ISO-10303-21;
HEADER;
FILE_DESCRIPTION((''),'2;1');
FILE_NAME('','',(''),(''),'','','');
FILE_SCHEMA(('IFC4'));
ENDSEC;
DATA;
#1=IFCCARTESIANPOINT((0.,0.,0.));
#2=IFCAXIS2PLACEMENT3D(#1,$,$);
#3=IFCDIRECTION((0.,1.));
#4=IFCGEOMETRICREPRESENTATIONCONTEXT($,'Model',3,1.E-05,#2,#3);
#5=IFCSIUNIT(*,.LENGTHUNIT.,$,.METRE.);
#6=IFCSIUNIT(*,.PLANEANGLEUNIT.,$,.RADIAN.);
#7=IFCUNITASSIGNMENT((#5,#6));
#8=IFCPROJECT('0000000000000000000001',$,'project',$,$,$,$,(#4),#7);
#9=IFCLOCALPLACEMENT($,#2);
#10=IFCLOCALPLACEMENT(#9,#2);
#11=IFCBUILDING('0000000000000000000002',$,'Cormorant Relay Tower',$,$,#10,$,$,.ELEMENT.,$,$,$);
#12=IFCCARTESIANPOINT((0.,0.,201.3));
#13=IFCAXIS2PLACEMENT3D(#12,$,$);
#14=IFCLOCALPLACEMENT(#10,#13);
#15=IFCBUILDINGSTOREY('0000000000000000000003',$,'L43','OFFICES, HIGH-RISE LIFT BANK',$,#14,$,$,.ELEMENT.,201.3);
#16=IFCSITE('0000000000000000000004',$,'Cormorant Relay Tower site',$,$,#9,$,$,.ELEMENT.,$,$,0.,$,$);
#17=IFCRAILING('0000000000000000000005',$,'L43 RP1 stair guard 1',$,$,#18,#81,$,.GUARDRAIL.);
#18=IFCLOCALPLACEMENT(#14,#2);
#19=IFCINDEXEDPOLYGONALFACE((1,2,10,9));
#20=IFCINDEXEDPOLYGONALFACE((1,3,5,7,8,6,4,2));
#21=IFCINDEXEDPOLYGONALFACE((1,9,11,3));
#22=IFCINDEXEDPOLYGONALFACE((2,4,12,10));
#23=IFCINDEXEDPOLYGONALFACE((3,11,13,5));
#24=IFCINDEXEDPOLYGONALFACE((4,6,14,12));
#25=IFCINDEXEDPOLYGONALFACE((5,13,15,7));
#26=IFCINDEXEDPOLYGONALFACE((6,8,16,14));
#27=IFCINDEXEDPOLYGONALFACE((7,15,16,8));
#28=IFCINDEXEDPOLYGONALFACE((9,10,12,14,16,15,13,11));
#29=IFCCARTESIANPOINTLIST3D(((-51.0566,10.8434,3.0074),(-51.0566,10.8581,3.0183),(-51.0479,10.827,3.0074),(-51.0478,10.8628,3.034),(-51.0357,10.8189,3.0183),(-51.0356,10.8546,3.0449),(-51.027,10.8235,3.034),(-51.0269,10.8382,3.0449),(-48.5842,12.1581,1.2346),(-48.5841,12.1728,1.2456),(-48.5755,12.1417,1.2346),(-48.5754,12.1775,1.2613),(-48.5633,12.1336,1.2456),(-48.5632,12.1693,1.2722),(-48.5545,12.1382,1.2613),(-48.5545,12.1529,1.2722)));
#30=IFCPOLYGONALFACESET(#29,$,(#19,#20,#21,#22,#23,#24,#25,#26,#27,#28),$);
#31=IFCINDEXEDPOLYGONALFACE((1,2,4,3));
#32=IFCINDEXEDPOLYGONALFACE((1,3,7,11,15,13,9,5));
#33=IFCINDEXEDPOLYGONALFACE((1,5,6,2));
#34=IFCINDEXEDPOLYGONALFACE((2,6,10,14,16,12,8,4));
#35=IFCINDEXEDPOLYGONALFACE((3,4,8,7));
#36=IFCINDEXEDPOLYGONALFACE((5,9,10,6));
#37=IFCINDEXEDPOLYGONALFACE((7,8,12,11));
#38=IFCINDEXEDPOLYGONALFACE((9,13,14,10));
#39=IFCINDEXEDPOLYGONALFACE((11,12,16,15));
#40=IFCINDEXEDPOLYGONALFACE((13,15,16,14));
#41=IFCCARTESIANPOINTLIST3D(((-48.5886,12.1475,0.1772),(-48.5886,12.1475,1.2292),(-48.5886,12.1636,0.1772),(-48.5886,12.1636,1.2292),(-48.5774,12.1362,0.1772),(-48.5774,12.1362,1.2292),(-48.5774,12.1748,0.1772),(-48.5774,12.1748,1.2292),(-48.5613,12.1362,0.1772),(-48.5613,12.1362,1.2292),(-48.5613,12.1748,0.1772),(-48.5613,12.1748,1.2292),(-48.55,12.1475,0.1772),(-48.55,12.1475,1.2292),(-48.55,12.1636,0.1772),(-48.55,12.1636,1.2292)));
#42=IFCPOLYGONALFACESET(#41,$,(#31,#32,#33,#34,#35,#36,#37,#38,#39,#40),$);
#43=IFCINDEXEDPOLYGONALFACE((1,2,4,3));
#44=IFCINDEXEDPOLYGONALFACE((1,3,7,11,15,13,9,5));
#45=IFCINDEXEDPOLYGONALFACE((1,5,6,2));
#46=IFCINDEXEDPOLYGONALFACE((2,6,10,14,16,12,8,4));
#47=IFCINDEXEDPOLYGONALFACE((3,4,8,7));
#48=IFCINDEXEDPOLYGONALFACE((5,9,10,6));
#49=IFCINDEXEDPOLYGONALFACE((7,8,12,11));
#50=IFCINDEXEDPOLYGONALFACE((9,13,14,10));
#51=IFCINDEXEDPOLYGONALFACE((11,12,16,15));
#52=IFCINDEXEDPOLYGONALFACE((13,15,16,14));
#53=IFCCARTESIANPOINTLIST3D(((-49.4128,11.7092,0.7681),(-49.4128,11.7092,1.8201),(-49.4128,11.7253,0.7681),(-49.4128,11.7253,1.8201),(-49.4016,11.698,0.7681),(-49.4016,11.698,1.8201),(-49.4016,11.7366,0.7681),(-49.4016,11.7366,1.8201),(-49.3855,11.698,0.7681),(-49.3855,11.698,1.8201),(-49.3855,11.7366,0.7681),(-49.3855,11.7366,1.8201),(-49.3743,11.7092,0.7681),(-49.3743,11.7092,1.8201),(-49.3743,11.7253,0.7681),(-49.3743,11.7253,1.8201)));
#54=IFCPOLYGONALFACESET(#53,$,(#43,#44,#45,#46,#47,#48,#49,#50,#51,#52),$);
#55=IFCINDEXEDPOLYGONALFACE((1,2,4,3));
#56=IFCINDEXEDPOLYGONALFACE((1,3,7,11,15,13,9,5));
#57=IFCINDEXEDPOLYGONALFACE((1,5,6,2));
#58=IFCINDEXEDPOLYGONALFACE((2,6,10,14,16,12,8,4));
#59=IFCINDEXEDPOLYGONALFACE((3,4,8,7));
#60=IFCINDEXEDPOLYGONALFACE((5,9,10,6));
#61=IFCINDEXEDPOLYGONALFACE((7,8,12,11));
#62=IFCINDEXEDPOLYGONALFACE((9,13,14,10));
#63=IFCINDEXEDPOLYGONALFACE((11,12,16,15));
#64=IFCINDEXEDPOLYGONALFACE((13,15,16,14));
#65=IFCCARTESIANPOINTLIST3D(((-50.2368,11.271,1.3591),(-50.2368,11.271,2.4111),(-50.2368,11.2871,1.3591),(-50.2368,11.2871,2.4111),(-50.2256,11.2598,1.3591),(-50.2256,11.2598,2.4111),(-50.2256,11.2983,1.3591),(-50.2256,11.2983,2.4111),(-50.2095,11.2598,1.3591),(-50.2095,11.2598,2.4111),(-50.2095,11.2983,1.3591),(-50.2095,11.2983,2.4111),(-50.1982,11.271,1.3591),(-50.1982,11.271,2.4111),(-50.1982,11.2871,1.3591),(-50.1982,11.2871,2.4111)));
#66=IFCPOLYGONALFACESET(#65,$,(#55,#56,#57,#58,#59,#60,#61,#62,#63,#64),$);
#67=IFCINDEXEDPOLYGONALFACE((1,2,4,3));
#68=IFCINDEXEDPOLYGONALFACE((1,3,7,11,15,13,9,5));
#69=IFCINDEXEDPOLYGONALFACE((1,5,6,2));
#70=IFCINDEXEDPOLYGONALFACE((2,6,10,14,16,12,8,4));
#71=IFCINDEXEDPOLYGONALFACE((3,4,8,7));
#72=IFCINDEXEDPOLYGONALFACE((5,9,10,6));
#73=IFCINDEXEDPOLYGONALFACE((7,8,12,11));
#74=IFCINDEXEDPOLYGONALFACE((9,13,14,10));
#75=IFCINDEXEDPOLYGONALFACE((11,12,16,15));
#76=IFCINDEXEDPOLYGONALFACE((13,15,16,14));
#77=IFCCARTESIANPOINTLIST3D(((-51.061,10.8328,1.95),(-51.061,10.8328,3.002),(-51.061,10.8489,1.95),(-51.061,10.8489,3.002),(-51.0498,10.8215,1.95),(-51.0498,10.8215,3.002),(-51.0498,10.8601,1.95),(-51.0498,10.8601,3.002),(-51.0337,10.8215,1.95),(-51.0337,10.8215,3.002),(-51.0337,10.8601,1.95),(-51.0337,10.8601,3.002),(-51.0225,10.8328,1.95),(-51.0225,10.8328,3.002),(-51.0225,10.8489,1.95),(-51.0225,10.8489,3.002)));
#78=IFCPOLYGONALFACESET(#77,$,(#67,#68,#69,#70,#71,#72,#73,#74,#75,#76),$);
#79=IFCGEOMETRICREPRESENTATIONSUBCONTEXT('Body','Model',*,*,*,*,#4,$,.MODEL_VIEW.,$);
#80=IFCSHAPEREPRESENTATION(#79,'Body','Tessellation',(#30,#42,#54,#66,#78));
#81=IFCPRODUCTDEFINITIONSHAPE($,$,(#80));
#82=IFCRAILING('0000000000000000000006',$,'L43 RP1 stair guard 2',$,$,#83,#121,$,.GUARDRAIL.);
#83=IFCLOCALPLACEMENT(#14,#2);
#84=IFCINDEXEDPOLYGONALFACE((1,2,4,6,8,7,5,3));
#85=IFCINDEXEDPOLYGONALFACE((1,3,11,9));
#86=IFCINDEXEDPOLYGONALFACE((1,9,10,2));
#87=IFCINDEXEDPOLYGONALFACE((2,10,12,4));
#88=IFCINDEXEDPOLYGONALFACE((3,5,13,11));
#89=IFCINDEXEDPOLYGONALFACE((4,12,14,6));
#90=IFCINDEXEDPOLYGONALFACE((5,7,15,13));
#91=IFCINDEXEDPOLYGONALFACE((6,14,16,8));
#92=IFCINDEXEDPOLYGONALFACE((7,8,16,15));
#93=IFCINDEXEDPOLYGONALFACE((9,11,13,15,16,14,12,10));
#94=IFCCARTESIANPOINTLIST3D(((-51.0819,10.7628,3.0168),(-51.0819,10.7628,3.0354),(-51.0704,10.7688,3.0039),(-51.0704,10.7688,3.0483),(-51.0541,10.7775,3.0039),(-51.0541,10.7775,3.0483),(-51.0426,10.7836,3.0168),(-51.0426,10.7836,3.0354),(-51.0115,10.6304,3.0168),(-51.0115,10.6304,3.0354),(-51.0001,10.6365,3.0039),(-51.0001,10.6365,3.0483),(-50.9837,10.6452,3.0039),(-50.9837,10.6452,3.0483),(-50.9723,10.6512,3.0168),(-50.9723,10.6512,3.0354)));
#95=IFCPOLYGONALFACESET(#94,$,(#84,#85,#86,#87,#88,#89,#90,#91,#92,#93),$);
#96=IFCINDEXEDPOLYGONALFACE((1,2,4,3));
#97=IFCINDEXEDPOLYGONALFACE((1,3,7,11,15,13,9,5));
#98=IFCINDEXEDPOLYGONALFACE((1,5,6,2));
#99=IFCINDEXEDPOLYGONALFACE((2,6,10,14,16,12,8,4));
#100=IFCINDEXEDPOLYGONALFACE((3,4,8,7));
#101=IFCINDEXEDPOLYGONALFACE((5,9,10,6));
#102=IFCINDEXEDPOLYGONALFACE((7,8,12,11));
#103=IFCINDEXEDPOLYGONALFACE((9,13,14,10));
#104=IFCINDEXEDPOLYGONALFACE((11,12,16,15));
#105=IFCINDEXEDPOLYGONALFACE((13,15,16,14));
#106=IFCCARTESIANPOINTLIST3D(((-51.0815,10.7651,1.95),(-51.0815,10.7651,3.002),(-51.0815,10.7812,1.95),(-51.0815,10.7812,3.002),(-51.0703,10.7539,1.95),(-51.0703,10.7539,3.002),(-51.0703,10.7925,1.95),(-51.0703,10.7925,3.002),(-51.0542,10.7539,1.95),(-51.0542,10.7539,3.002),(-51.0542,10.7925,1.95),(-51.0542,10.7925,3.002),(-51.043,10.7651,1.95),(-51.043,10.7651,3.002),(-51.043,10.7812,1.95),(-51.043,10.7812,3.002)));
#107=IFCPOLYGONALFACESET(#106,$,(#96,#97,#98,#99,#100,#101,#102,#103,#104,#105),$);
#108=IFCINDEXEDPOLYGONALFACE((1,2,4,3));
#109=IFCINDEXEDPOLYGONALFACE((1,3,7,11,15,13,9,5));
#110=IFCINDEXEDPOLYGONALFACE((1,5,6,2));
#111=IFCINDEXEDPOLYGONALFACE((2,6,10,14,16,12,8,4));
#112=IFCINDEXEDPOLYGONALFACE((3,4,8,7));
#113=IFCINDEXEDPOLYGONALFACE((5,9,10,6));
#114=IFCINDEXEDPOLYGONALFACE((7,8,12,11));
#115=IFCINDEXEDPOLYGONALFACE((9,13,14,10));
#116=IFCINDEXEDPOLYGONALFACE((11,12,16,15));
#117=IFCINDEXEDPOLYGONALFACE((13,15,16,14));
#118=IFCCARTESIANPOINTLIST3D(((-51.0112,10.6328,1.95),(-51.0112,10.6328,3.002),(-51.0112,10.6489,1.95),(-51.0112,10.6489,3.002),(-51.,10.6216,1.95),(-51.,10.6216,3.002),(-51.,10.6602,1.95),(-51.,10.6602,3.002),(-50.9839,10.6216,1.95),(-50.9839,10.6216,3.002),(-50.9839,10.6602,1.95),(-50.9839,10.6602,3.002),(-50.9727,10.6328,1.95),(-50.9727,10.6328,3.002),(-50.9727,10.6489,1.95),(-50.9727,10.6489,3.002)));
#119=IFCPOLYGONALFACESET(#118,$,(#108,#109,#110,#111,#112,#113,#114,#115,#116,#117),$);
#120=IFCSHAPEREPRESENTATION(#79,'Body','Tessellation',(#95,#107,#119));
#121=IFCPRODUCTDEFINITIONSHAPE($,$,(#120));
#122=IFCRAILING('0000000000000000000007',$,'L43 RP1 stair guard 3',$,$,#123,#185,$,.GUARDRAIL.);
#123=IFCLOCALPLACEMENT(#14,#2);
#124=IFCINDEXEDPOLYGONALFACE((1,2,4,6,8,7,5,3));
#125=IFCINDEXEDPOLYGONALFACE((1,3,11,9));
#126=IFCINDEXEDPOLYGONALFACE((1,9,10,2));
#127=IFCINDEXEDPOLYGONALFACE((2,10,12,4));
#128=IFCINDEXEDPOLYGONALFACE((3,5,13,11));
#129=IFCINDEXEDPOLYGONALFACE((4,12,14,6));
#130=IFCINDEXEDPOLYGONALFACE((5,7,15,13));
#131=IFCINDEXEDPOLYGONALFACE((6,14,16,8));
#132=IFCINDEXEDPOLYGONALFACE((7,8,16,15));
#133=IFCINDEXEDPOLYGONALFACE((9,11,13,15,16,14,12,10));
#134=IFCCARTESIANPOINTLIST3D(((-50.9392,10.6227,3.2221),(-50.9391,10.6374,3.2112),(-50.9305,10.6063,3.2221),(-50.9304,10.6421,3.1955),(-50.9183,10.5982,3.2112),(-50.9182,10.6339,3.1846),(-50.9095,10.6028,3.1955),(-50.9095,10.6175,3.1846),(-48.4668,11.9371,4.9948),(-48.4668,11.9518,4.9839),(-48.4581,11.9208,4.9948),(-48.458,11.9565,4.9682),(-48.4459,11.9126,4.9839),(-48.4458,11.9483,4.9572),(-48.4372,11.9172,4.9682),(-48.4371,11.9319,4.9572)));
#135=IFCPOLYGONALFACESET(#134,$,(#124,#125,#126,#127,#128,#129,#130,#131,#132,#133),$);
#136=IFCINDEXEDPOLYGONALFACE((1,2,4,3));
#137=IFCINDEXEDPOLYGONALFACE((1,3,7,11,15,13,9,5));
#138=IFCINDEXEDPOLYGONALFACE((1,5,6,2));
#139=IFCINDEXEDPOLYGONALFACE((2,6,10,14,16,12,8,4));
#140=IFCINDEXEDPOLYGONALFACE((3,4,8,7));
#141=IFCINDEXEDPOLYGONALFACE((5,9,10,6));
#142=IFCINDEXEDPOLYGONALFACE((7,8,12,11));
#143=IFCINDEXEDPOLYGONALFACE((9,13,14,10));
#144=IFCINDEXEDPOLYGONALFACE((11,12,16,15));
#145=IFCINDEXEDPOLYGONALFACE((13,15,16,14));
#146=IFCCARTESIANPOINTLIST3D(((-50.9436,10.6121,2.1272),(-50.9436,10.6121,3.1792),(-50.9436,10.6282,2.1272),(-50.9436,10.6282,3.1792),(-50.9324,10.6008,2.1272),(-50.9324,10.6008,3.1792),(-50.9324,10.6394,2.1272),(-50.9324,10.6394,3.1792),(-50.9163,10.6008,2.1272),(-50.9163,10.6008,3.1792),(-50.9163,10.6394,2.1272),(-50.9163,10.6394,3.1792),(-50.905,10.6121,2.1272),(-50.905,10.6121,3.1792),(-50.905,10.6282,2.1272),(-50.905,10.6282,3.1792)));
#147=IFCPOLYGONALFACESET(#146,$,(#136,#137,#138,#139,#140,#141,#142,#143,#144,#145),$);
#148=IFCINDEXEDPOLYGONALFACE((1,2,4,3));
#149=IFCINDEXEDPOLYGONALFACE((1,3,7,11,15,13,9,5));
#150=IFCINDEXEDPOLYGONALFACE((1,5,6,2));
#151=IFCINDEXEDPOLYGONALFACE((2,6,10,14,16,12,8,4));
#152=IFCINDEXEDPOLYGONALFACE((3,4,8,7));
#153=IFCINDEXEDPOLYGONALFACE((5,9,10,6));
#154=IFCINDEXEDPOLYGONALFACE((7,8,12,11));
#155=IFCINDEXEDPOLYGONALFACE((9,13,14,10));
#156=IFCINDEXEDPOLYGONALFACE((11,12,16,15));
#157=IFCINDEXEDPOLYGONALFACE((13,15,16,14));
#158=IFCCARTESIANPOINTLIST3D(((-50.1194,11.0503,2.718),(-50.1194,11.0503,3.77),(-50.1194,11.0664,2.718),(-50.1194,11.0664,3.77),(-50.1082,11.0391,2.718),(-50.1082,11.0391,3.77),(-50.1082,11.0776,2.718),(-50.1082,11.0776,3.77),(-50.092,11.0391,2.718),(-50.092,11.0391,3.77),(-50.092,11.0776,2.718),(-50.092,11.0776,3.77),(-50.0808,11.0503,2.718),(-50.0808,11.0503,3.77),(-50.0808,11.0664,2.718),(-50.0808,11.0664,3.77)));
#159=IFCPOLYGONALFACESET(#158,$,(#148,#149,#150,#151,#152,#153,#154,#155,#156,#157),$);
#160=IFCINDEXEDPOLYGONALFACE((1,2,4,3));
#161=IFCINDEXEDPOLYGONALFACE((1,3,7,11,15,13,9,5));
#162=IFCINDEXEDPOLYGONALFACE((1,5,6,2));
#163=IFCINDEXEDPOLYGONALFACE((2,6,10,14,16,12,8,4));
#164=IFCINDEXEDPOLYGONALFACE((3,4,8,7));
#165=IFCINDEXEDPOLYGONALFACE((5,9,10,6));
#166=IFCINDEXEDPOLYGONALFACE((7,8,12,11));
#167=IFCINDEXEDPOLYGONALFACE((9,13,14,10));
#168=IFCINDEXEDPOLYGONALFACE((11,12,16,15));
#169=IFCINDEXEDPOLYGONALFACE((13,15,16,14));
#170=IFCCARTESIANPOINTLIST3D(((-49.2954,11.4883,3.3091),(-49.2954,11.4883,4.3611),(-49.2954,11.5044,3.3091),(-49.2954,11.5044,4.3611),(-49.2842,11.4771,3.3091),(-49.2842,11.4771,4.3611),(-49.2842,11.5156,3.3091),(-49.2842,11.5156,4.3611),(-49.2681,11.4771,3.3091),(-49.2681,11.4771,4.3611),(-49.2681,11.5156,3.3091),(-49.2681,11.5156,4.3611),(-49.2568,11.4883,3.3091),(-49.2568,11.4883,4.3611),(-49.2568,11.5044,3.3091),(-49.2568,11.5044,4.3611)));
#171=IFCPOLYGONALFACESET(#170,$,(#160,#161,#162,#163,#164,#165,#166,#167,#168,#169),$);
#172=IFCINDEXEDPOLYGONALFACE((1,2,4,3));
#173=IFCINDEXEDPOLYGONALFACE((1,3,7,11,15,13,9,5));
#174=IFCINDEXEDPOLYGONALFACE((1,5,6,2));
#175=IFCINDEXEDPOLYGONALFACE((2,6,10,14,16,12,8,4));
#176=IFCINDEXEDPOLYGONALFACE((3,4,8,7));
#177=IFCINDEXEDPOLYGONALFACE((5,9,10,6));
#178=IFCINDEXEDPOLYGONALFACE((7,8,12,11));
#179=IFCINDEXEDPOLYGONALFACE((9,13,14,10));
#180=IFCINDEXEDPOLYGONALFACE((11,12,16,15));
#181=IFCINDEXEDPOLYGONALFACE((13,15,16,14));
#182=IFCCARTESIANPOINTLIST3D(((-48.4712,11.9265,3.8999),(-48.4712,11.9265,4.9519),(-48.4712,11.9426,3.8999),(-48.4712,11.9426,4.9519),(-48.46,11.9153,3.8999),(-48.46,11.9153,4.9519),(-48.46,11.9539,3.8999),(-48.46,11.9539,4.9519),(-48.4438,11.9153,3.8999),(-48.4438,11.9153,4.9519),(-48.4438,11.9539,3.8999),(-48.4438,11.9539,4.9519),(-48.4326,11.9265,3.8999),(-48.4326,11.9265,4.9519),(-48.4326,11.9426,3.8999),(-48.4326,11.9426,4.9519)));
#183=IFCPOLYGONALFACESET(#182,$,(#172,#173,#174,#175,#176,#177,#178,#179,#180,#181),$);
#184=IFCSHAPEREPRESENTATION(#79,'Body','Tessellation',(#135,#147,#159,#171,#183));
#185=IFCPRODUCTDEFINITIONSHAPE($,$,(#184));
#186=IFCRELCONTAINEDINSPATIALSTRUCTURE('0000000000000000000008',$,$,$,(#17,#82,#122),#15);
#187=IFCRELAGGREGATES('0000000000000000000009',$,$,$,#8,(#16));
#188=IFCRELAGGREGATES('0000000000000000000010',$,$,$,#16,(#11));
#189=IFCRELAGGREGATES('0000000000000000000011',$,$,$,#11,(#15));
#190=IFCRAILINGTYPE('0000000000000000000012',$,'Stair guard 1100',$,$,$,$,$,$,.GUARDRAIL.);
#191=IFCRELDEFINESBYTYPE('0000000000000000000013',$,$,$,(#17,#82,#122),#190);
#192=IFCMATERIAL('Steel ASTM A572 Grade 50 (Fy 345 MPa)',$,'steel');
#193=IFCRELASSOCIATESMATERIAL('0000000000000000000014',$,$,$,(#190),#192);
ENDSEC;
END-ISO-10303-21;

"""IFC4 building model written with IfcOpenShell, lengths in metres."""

from ifc_helpers import new_model, si_unit, direction, frame, origin, place, context, subcontext, project, spatial, polyline, outline, extrude, material, type_object, element, save


model = new_model("IFC4")

# Units and contexts
model_context = context("Model", 3, precision=1e-05, world=origin(), true_north=direction((0.0, 1.0)))
body_context = subcontext(model_context, "Body", "Model", "MODEL_VIEW")
ifc_project = project(units=[si_unit("LENGTHUNIT", "METRE"), si_unit("PLANEANGLEUNIT", "RADIAN")], contexts=[model_context])

# Site, building, storey
site_placement = place(None, origin())
site = spatial("IfcSite", under=ifc_project, at=site_placement, Name="Cormorant Relay Tower site", CompositionType="ELEMENT", RefElevation=0.0)
building_placement = place(site_placement, origin())
building = spatial("IfcBuilding", under=site, at=building_placement, Name="Cormorant Relay Tower", CompositionType="ELEMENT")
storey_placement = place(building_placement, frame((0.0, 0.0, 201.3)))
storey = spatial("IfcBuildingStorey", under=building, at=storey_placement, Name="L43", Description="OFFICES, HIGH-RISE LIFT BANK", CompositionType="ELEMENT", Elevation=201.3)

# Railings
ifc_material_1 = material(Name="Steel ASTM A572 Grade 50 (Fy 345 MPa)", Category="steel")
railing_type_1 = type_object("IfcRailingType", Name="Stair guard 1100", PredefinedType="GUARDRAIL", material=ifc_material_1)
railing_1_placement = place(storey_placement, frame((-48.5693, 12.1555, 0.1772)))
element("IfcRailing", 1, at=railing_1_placement, inside=storey, type_object=railing_type_1, Name="L43 RP1 stair guard 1", PredefinedType="GUARDRAIL", context=body_context, shape_type="SweptSolid", body=[
    extrude(outline(polyline([(0.0222, 0.0093), (0.0093, 0.0222), (-0.0093, 0.0222), (-0.0222, 0.0093), (-0.0222, -0.0093), (-0.0093, -0.0222), (0.0093, -0.0222), (0.0222, -0.0093), (0.0222, 0.0093)])), frame((0.0, 0.0, 1.0762), z_axis=(-0.746012, -0.39669, 0.534886), x_axis=(0.469497, -0.882934, 0.0)), (0.0, 0.0, 1.0), 3.3142),
    extrude(outline(polyline([(0.0193, 0.0081), (0.0081, 0.0193), (-0.0081, 0.0193), (-0.0193, 0.0081), (-0.0193, -0.0081), (-0.0081, -0.0193), (0.0081, -0.0193), (0.0193, -0.0081), (0.0193, 0.0081)])), origin(), (0.0, 0.0, 1.0), 1.052),
    extrude(outline(polyline([(0.0193, 0.0081), (0.0081, 0.0193), (-0.0081, 0.0193), (-0.0193, 0.0081), (-0.0193, -0.0081), (-0.0081, -0.0193), (0.0081, -0.0193), (0.0193, -0.0081), (0.0193, 0.0081)])), frame((-0.8242, -0.4382, 0.5908)), (0.0, 0.0, 1.0), 1.052),
    extrude(outline(polyline([(0.0193, 0.0081), (0.0081, 0.0193), (-0.0081, 0.0193), (-0.0193, 0.0081), (-0.0193, -0.0081), (-0.0081, -0.0193), (0.0081, -0.0193), (0.0193, -0.0081), (0.0193, 0.0081)])), frame((-1.6482, -0.8765, 1.1819)), (0.0, 0.0, 1.0), 1.052),
    extrude(outline(polyline([(0.0193, 0.0081), (0.0081, 0.0193), (-0.0081, 0.0193), (-0.0193, 0.0081), (-0.0193, -0.0081), (-0.0081, -0.0193), (0.0081, -0.0193), (0.0193, -0.0081), (0.0193, 0.0081)])), frame((-2.4724, -1.3147, 1.7727)), (0.0, 0.0, 1.0), 1.052),
])
railing_2_placement = place(storey_placement, frame((-51.0623, 10.7732, 1.95)))
element("IfcRailing", 2, at=railing_2_placement, inside=storey, type_object=railing_type_1, Name="L43 RP1 stair guard 2", PredefinedType="GUARDRAIL", context=body_context, shape_type="SweptSolid", body=[
    extrude(outline(polyline([(0.0222, 0.0093), (0.0093, 0.0222), (-0.0093, 0.0222), (-0.0222, 0.0093), (-0.0222, -0.0093), (-0.0093, -0.0222), (0.0093, -0.0222), (0.0222, -0.0093), (0.0222, 0.0093)])), frame((0.0, 0.0, 1.0762), z_axis=(0.469235, -0.883074, 0.0), x_axis=(0.883074, 0.469235, 0.0)), (0.0, 0.0, 1.0), 0.1499),
    extrude(outline(polyline([(0.0193, 0.0081), (0.0081, 0.0193), (-0.0081, 0.0193), (-0.0193, 0.0081), (-0.0193, -0.0081), (-0.0081, -0.0193), (0.0081, -0.0193), (0.0193, -0.0081), (0.0193, 0.0081)])), origin(), (0.0, 0.0, 1.0), 1.052),
    extrude(outline(polyline([(0.0193, 0.0081), (0.0081, 0.0193), (-0.0081, 0.0193), (-0.0193, 0.0081), (-0.0193, -0.0081), (-0.0081, -0.0193), (0.0081, -0.0193), (0.0193, -0.0081), (0.0193, 0.0081)])), frame((0.0703, -0.1323, 0.0)), (0.0, 0.0, 1.0), 1.052),
])
railing_3_placement = place(storey_placement, frame((-50.9243, 10.6201, 2.1272)))
element("IfcRailing", 3, at=railing_3_placement, inside=storey, type_object=railing_type_1, Name="L43 RP1 stair guard 3", PredefinedType="GUARDRAIL", context=body_context, shape_type="SweptSolid", body=[
    extrude(outline(polyline([(0.0222, 0.0093), (0.0093, 0.0222), (-0.0093, 0.0222), (-0.0222, 0.0093), (-0.0222, -0.0093), (-0.0093, -0.0222), (0.0093, -0.0222), (0.0222, -0.0093), (0.0222, 0.0093)])), frame((0.0, 0.0, 1.0762), z_axis=(0.746034, 0.396627, 0.534902), x_axis=(-0.469429, 0.88297, 0.0)), (0.0, 0.0, 1.0), 3.314),
    extrude(outline(polyline([(0.0193, 0.0081), (0.0081, 0.0193), (-0.0081, 0.0193), (-0.0193, 0.0081), (-0.0193, -0.0081), (-0.0081, -0.0193), (0.0081, -0.0193), (0.0193, -0.0081), (0.0193, 0.0081)])), origin(), (0.0, 0.0, 1.0), 1.052),
    extrude(outline(polyline([(0.0193, 0.0081), (0.0081, 0.0193), (-0.0081, 0.0193), (-0.0193, 0.0081), (-0.0193, -0.0081), (-0.0081, -0.0193), (0.0081, -0.0193), (0.0193, -0.0081), (0.0193, 0.0081)])), frame((0.8242, 0.4382, 0.5908)), (0.0, 0.0, 1.0), 1.052),
    extrude(outline(polyline([(0.0193, 0.0081), (0.0081, 0.0193), (-0.0081, 0.0193), (-0.0193, 0.0081), (-0.0193, -0.0081), (-0.0081, -0.0193), (0.0081, -0.0193), (0.0193, -0.0081), (0.0193, 0.0081)])), frame((1.6482, 0.8762, 1.1819)), (0.0, 0.0, 1.0), 1.052),
    extrude(outline(polyline([(0.0193, 0.0081), (0.0081, 0.0193), (-0.0081, 0.0193), (-0.0193, 0.0081), (-0.0193, -0.0081), (-0.0081, -0.0193), (0.0081, -0.0193), (0.0193, -0.0081), (0.0193, 0.0081)])), frame((2.4724, 1.3145, 1.7727)), (0.0, 0.0, 1.0), 1.052),
])

save(model, "model.ifc")
